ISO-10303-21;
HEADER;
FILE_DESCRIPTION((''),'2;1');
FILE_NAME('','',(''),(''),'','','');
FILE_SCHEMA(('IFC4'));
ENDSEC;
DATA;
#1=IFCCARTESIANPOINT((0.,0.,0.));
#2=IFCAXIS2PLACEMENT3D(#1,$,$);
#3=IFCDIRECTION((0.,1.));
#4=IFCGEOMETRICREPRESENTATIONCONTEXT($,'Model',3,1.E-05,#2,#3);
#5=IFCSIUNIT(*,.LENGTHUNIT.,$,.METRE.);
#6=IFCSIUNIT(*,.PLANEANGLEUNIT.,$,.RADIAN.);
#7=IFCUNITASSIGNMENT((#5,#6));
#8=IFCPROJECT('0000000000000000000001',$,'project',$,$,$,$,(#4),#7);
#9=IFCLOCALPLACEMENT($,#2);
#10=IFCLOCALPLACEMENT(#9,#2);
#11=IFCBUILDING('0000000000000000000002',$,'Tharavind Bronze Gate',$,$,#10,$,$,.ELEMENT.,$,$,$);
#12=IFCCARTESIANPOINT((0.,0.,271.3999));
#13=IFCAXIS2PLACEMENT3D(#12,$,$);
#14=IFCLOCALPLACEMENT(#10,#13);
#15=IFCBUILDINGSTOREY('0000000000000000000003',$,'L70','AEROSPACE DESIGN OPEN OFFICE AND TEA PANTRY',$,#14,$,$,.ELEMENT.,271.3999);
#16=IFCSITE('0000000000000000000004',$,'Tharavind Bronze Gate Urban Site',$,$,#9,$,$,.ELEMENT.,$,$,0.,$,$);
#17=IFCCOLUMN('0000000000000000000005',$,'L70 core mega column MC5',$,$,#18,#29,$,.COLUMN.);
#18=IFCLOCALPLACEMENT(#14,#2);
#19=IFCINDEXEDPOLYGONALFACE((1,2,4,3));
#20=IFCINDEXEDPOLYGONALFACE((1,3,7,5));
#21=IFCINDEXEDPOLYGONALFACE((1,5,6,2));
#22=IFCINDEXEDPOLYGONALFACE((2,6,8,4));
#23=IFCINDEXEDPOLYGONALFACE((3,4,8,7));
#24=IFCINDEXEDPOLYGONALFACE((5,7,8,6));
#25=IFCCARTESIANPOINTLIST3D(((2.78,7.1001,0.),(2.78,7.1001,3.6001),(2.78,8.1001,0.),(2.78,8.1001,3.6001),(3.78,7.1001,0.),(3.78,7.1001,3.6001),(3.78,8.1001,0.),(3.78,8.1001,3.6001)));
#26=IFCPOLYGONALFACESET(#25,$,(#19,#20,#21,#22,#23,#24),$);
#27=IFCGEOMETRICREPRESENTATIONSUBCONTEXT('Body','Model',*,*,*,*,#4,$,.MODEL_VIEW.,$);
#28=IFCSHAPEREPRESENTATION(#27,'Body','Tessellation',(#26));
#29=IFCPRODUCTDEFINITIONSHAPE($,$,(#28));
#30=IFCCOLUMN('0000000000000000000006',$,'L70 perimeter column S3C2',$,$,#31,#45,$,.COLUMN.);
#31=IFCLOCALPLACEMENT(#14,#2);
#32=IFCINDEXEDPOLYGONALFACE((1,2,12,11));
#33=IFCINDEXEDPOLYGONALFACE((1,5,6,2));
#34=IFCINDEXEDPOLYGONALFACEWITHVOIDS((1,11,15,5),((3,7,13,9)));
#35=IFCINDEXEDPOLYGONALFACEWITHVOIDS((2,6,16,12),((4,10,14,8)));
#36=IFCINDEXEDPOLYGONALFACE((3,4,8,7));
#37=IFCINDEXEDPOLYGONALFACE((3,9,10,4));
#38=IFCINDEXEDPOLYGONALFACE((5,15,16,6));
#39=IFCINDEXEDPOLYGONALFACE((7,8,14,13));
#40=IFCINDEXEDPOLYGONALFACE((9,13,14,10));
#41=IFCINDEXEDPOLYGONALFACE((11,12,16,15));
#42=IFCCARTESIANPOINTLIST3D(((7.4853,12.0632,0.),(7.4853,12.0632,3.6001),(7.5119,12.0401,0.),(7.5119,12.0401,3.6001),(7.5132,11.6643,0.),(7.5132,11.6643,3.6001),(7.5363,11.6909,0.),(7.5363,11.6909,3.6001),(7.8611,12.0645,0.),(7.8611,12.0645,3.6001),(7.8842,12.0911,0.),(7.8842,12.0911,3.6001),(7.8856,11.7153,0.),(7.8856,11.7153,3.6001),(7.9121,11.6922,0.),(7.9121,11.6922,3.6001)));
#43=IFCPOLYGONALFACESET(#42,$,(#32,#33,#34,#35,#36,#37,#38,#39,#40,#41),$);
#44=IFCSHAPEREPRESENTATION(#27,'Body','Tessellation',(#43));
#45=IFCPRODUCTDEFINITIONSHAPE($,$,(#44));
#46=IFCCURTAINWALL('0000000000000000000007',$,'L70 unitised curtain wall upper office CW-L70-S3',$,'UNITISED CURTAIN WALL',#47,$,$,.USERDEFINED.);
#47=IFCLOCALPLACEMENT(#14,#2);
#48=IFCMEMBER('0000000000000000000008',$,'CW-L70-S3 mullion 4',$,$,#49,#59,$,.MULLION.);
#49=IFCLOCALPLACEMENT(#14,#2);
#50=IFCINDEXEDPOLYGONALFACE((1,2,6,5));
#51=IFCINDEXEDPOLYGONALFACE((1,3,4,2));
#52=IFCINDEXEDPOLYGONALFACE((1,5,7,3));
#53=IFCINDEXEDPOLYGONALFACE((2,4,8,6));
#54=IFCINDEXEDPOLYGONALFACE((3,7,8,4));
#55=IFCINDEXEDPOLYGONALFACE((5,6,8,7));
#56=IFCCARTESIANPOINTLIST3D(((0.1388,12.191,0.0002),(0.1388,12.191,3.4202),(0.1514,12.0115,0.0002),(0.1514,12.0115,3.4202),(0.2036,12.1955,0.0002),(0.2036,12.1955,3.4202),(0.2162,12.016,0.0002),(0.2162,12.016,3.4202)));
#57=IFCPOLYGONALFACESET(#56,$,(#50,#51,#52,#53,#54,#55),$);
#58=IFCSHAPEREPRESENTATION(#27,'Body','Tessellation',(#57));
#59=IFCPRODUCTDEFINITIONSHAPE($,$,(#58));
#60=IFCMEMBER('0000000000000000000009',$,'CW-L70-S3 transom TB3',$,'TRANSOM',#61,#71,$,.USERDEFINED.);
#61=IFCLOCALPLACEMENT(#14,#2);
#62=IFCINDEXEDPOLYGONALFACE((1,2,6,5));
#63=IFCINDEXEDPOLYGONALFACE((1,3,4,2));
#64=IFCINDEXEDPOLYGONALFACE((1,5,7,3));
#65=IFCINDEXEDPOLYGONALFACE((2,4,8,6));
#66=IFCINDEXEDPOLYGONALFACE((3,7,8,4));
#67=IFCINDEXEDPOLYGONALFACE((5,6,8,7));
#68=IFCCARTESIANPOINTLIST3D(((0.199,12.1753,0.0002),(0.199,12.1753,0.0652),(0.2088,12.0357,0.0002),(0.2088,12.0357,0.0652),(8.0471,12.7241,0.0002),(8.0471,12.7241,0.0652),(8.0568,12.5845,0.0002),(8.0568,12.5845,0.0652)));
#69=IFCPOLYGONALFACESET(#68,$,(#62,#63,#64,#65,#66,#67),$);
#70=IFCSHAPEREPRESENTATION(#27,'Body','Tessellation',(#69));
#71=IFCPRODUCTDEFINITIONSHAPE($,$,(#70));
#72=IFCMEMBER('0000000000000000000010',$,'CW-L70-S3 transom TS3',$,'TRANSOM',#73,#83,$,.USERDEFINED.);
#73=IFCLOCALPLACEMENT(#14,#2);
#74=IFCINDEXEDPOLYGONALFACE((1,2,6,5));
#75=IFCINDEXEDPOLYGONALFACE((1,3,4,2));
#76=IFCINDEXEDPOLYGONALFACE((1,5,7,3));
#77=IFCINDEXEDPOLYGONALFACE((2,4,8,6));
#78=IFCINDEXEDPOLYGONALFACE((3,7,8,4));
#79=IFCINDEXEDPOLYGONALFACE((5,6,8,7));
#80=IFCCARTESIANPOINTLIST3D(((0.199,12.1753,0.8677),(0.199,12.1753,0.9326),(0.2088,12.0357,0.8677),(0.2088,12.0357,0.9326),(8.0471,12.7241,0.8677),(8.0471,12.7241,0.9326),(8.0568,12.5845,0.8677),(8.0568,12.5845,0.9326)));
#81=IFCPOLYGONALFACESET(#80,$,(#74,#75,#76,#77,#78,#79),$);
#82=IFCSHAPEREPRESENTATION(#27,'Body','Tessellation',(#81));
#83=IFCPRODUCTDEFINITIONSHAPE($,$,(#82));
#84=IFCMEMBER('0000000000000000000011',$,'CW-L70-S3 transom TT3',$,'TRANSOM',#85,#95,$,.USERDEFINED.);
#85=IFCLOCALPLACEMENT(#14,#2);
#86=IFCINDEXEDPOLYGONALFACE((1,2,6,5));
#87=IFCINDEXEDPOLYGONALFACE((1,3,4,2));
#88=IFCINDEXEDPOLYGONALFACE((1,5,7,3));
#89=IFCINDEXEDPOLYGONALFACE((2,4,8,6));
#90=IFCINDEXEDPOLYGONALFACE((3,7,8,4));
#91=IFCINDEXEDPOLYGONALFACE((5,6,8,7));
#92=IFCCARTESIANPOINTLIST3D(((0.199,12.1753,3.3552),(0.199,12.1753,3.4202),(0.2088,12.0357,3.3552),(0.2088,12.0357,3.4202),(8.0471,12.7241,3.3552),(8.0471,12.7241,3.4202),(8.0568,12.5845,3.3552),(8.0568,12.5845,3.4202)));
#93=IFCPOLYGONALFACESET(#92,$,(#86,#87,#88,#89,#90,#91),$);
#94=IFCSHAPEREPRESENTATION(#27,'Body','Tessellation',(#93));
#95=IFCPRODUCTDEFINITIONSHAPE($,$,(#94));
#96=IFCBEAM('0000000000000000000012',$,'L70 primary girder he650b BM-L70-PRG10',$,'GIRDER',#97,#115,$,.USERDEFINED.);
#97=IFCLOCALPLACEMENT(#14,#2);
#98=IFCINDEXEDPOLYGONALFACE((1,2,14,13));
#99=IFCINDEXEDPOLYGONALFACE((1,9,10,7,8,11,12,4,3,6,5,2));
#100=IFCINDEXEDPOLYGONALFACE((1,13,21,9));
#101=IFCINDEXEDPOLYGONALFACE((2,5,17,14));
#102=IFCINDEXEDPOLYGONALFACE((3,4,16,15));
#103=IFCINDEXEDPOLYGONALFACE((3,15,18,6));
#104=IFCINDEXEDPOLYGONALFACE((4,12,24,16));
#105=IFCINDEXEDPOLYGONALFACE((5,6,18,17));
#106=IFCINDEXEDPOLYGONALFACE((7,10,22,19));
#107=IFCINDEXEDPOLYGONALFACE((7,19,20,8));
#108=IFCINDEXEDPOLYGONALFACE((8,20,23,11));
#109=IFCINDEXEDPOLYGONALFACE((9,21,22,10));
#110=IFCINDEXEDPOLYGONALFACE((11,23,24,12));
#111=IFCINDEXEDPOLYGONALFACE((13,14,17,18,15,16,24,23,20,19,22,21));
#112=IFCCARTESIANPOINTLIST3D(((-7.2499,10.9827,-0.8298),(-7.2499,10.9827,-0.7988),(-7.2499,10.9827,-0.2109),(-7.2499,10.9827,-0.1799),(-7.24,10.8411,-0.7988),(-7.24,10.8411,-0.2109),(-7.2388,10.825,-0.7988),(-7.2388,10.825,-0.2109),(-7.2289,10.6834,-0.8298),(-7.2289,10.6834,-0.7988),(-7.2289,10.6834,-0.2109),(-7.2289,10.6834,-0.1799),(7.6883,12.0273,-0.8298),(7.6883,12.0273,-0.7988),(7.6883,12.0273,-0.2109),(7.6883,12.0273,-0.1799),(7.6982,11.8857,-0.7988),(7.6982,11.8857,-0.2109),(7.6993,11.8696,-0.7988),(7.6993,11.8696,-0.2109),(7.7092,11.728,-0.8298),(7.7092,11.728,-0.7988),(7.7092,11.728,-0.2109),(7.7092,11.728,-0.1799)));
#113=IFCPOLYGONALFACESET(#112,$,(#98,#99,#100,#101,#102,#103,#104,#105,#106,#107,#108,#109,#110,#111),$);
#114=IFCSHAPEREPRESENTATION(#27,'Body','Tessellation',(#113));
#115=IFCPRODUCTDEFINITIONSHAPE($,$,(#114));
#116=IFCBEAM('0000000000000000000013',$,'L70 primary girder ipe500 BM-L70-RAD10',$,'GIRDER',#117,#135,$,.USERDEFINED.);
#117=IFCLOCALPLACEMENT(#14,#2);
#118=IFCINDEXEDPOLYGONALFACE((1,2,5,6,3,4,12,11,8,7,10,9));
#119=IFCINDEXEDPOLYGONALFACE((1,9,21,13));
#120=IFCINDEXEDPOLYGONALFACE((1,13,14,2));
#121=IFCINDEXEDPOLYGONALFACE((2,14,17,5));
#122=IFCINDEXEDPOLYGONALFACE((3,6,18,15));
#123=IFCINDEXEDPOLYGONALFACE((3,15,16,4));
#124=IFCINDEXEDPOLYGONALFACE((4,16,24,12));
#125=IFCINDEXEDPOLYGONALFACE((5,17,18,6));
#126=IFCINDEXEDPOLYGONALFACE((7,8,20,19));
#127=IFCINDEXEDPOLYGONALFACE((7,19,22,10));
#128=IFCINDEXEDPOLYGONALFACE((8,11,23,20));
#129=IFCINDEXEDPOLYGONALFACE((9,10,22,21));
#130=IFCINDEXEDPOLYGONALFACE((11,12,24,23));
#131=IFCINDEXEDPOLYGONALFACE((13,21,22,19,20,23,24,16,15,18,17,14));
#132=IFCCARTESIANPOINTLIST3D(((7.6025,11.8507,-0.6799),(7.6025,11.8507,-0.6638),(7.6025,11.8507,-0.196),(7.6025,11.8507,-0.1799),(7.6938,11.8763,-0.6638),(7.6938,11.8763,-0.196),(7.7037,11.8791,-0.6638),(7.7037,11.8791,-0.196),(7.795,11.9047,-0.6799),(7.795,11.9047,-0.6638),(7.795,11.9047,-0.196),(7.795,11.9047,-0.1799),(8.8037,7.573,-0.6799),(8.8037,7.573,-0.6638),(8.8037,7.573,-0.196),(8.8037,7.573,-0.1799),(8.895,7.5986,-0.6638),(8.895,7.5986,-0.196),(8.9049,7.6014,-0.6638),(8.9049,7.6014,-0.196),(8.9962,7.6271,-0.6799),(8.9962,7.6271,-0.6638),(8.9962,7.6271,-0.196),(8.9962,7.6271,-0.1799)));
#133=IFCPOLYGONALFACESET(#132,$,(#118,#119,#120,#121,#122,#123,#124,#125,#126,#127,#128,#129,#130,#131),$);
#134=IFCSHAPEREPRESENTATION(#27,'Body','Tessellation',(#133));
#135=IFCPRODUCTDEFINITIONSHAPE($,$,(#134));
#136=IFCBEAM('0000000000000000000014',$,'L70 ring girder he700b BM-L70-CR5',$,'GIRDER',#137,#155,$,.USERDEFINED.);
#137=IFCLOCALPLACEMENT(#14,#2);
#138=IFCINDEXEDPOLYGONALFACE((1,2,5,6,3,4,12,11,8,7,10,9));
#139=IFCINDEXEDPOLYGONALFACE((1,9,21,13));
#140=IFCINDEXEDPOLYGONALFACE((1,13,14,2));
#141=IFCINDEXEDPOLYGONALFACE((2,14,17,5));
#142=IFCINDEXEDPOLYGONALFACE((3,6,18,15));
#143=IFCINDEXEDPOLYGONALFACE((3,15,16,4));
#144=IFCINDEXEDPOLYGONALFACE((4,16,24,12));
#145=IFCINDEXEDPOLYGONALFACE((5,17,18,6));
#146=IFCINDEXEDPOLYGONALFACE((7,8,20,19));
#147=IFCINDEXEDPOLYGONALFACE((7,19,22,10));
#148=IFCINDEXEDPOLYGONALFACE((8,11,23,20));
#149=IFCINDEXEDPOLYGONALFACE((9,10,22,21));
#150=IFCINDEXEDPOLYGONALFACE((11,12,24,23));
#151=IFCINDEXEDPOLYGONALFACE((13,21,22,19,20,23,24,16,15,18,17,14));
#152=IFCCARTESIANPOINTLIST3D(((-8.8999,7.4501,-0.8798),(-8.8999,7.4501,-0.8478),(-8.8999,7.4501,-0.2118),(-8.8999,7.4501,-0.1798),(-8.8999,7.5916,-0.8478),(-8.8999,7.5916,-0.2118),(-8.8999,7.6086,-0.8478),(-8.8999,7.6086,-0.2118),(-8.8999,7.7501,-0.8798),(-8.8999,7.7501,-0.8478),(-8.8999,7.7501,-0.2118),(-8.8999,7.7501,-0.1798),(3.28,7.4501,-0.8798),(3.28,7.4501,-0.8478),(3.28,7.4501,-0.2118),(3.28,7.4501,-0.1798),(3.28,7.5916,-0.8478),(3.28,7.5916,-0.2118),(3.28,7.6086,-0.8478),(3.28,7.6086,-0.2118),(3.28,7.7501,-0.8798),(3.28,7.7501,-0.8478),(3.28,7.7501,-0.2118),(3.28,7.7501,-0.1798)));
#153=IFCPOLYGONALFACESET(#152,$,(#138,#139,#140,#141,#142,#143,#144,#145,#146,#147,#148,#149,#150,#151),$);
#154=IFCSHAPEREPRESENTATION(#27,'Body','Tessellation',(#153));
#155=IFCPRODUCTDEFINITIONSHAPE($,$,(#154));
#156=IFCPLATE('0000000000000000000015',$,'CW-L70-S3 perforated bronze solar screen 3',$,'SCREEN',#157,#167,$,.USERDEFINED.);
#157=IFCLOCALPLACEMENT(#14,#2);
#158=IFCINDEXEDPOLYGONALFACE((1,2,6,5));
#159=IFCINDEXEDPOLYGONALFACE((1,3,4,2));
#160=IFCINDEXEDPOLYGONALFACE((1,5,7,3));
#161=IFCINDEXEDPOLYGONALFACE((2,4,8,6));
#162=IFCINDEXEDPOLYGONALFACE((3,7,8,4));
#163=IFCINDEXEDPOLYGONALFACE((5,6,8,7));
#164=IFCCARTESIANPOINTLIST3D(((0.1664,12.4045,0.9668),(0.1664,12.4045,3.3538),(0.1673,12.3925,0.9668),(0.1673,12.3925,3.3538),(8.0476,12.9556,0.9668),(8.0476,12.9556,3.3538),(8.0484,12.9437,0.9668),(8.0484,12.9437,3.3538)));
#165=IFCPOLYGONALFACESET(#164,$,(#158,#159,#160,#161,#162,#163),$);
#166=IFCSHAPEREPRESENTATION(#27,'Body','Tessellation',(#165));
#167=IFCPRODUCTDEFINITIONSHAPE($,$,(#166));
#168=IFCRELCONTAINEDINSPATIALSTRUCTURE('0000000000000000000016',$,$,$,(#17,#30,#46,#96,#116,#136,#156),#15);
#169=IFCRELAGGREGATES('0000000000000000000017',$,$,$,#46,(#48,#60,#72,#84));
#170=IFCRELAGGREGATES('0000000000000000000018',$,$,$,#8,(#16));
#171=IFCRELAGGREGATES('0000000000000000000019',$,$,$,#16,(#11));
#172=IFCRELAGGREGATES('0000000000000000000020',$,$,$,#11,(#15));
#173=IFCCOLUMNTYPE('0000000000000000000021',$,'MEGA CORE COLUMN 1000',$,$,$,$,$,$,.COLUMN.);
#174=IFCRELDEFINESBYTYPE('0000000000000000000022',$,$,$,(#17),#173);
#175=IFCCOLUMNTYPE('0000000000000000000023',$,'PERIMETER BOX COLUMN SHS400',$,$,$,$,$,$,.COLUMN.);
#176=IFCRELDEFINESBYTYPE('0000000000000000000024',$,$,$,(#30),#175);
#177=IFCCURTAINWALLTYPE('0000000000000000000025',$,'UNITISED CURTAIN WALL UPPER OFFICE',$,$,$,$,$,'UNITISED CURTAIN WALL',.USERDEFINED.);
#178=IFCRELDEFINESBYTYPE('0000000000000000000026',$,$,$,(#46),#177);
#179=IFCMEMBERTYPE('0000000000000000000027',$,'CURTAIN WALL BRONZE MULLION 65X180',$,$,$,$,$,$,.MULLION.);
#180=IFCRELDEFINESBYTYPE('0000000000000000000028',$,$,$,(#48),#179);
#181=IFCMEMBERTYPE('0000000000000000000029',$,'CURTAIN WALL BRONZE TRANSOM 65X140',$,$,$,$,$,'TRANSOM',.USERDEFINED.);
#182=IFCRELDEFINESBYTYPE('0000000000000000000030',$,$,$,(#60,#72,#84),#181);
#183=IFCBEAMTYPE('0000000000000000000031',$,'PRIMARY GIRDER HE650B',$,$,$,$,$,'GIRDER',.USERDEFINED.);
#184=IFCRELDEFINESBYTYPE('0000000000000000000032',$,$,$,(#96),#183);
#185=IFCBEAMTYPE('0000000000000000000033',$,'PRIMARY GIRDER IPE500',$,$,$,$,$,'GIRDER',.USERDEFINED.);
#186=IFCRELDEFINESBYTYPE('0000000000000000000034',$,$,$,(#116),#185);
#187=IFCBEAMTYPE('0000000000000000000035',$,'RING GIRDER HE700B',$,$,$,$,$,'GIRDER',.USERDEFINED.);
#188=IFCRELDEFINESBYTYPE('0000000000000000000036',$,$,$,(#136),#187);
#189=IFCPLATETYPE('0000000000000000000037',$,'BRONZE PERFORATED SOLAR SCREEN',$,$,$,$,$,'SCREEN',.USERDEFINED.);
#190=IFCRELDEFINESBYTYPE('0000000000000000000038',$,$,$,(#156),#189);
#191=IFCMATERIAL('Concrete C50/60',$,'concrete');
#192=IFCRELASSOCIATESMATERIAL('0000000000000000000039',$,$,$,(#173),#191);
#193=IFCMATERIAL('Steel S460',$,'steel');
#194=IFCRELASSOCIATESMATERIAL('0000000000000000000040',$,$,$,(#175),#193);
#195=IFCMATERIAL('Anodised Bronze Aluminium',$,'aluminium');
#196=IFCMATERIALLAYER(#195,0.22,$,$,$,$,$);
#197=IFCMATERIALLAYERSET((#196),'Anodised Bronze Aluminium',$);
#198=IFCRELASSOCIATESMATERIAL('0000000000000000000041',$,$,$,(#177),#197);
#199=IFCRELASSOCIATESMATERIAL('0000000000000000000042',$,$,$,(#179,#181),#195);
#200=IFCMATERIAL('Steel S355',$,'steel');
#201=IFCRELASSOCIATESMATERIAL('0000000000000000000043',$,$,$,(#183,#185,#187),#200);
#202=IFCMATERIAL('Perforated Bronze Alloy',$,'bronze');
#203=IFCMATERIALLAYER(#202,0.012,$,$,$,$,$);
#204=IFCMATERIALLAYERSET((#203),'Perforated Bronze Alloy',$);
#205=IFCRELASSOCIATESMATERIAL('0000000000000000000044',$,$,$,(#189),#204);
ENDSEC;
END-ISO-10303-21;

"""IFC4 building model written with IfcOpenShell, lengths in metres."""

from ifc_helpers import new_model, si_unit, direction, frame, origin, origin_2d, place, context, subcontext, project, spatial, rectangle, hollow_rectangle, i_section, extrude, material, layer, layer_set, material_profile, profile_set, type_object, element, aggregate, save


model = new_model("IFC4")

# Units and contexts
model_context = context("Model", 3, precision=1e-05, world=origin(), true_north=direction((0.0, 1.0)))
body_context = subcontext(model_context, "Body", "Model", "MODEL_VIEW")
ifc_project = project(units=[si_unit("LENGTHUNIT", "METRE"), si_unit("PLANEANGLEUNIT", "RADIAN")], contexts=[model_context])

# Site, building, storey
site_placement = place(None, origin())
site = spatial("IfcSite", under=ifc_project, at=site_placement, Name="Tharavind Bronze Gate Urban Site", CompositionType="ELEMENT", RefElevation=0.0)
building_placement = place(site_placement, origin())
building = spatial("IfcBuilding", under=site, at=building_placement, Name="Tharavind Bronze Gate", CompositionType="ELEMENT")
storey_placement = place(building_placement, frame((0.0, 0.0, 271.3999)))
storey = spatial("IfcBuildingStorey", under=building, at=storey_placement, Name="L70", Description="AEROSPACE DESIGN OPEN OFFICE AND TEA PANTRY", CompositionType="ELEMENT", Elevation=271.3999)

# Columns
ifc_material_1 = material(Name="Concrete C50/60", Category="concrete")
ifc_material_profile_1 = material_profile(ifc_material_1, rectangle(XDim=1.0, YDim=1.0, at=origin_2d()), Name="RCCOL1000")
ifc_profile_set_1 = profile_set([ifc_material_profile_1], Name="Concrete C50/60")
column_type_1 = type_object("IfcColumnType", Name="MEGA CORE COLUMN 1000", PredefinedType="COLUMN", material=ifc_profile_set_1)
column_1_placement = place(storey_placement, frame((3.28, 7.6001, 0.0), z_axis=(0.0, 0.0, 1.0), x_axis=(1.0, 0.0, 0.0)))
element("IfcColumn", 1, at=column_1_placement, inside=storey, type_object=column_type_1, Name="L70 core mega column MC5", PredefinedType="COLUMN", context=body_context, shape_type="SweptSolid", body=[
    extrude(rectangle(XDim=1.0, YDim=1.0, at=origin_2d()), origin(), (0.0, 0.0, 1.0), 3.6001),
])
ifc_material_2 = material(Name="Steel S460", Category="steel")
ifc_material_profile_2 = material_profile(ifc_material_2, hollow_rectangle(XDim=0.3999, YDim=0.3999, WallThickness=0.0249, at=origin_2d()), Name="SHS400X25")
ifc_profile_set_2 = profile_set([ifc_material_profile_2], Name="Steel S460")
column_type_2 = type_object("IfcColumnType", Name="PERIMETER BOX COLUMN SHS400", PredefinedType="COLUMN", material=ifc_profile_set_2)
column_2_placement = place(storey_placement, frame((7.6987, 11.8777, 0.0), z_axis=(0.0, 0.0, 1.0), x_axis=(0.997564, 0.069758, 0.0)))
element("IfcColumn", 2, at=column_2_placement, inside=storey, type_object=column_type_2, Name="L70 perimeter column S3C2", PredefinedType="COLUMN", context=body_context, shape_type="SweptSolid", body=[
    extrude(hollow_rectangle(XDim=0.3999, YDim=0.3999, WallThickness=0.0249, at=origin_2d()), origin(), (0.0, 0.0, 1.0), 3.6001),
])

# Curtain wall, members
ifc_material_3 = material(Name="Anodised Bronze Aluminium", Category="aluminium")
ifc_layer_1 = layer(ifc_material_3, 0.22)
ifc_layer_set_1 = layer_set([ifc_layer_1], Name="Anodised Bronze Aluminium")
curtain_wall_type = type_object("IfcCurtainWallType", Name="UNITISED CURTAIN WALL UPPER OFFICE", ElementType="UNITISED CURTAIN WALL", PredefinedType="USERDEFINED", material=ifc_layer_set_1)
curtain_wall_placement = place(storey_placement, origin())
curtain_wall = element("IfcCurtainWall", 3, at=curtain_wall_placement, inside=storey, type_object=curtain_wall_type, Name="L70 unitised curtain wall upper office CW-L70-S3", ObjectType="UNITISED CURTAIN WALL", PredefinedType="USERDEFINED")
member_type_1 = type_object("IfcMemberType", Name="CURTAIN WALL BRONZE MULLION 65X180", PredefinedType="MULLION", material=ifc_material_3)
member_1_placement = place(storey_placement, frame((0.1775, 12.1035, 0.0002), z_axis=(0.0, 0.0, 1.0), x_axis=(-0.997564, -0.06976, 0.0)))
member_1 = element("IfcMember", 4, at=member_1_placement, type_object=member_type_1, Name="CW-L70-S3 mullion 4", PredefinedType="MULLION", context=body_context, shape_type="SweptSolid", body=[
    extrude(rectangle(XDim=0.0649, YDim=0.1799, at=origin_2d()), origin(), (0.0, 0.0, 1.0), 3.4199),
])
member_type_2 = type_object("IfcMemberType", Name="CURTAIN WALL BRONZE TRANSOM 65X140", ElementType="TRANSOM", PredefinedType="USERDEFINED", material=ifc_material_3)
member_2_placement = place(storey_placement, frame((4.1279, 12.3799, 0.0002), z_axis=(0.0, 0.0, 1.0), x_axis=(-0.997564, -0.06976, 0.0)))
member_2 = element("IfcMember", 5, at=member_2_placement, type_object=member_type_2, Name="CW-L70-S3 transom TB3", ObjectType="TRANSOM", PredefinedType="USERDEFINED", context=body_context, shape_type="SweptSolid", body=[
    extrude(rectangle(XDim=7.8672, YDim=0.1399, at=origin_2d()), origin(), (0.0, 0.0, 1.0), 0.0649),
])
member_3_placement = place(storey_placement, frame((4.1279, 12.3799, 0.8677), z_axis=(0.0, 0.0, 1.0), x_axis=(-0.997564, -0.06976, 0.0)))
member_3 = element("IfcMember", 6, at=member_3_placement, type_object=member_type_2, Name="CW-L70-S3 transom TS3", ObjectType="TRANSOM", PredefinedType="USERDEFINED", context=body_context, shape_type="SweptSolid", body=[
    extrude(rectangle(XDim=7.8672, YDim=0.1399, at=origin_2d()), origin(), (0.0, 0.0, 1.0), 0.0649),
])
member_4_placement = place(storey_placement, frame((4.1279, 12.3799, 3.3552), z_axis=(0.0, 0.0, 1.0), x_axis=(-0.997564, -0.06976, 0.0)))
member_4 = element("IfcMember", 7, at=member_4_placement, type_object=member_type_2, Name="CW-L70-S3 transom TT3", ObjectType="TRANSOM", PredefinedType="USERDEFINED", context=body_context, shape_type="SweptSolid", body=[
    extrude(rectangle(XDim=7.8672, YDim=0.1399, at=origin_2d()), origin(), (0.0, 0.0, 1.0), 0.0649),
])

# Beams
ifc_material_4 = material(Name="Steel S355", Category="steel")
ifc_material_profile_3 = material_profile(ifc_material_4, i_section(OverallWidth=0.3, OverallDepth=0.6499, WebThickness=0.0161, FlangeThickness=0.031, at=origin_2d()), Name="HE650B")
ifc_profile_set_3 = profile_set([ifc_material_profile_3], Name="Steel S355")
beam_type_1 = type_object("IfcBeamType", Name="PRIMARY GIRDER HE650B", ElementType="GIRDER", PredefinedType="USERDEFINED", material=ifc_profile_set_3)
beam_1_placement = place(storey_placement, frame((7.6987, 11.8777, -0.5049), z_axis=(-0.997564, -0.069763, 0.0), x_axis=(0.069763, -0.997564, 0.0)))
element("IfcBeam", 8, at=beam_1_placement, inside=storey, type_object=beam_type_1, Name="L70 primary girder he650b BM-L70-PRG10", ObjectType="GIRDER", PredefinedType="USERDEFINED", context=body_context, shape_type="SweptSolid", body=[
    extrude(i_section(OverallWidth=0.3, OverallDepth=0.6499, WebThickness=0.0161, FlangeThickness=0.031, at=origin_2d()), origin(), (0.0, 0.0, 1.0), 14.9746),
])
ifc_material_profile_4 = material_profile(ifc_material_4, i_section(OverallWidth=0.2, OverallDepth=0.5, WebThickness=0.0103, FlangeThickness=0.0161, at=origin_2d()), Name="IPE500")
ifc_profile_set_4 = profile_set([ifc_material_profile_4], Name="Steel S355")
beam_type_2 = type_object("IfcBeamType", Name="PRIMARY GIRDER IPE500", ElementType="GIRDER", PredefinedType="USERDEFINED", material=ifc_profile_set_4)
beam_2_placement = place(storey_placement, frame((7.6987, 11.8777, -0.4299), z_axis=(0.270349, -0.962762, 0.0), x_axis=(0.962762, 0.270349, 0.0)))
element("IfcBeam", 9, at=beam_2_placement, inside=storey, type_object=beam_type_2, Name="L70 primary girder ipe500 BM-L70-RAD10", ObjectType="GIRDER", PredefinedType="USERDEFINED", context=body_context, shape_type="SweptSolid", body=[
    extrude(i_section(OverallWidth=0.2, OverallDepth=0.5, WebThickness=0.0103, FlangeThickness=0.0161, at=origin_2d()), origin(), (0.0, 0.0, 1.0), 4.4431),
])
ifc_material_profile_5 = material_profile(ifc_material_4, i_section(OverallWidth=0.3, OverallDepth=0.7, WebThickness=0.0171, FlangeThickness=0.032, at=origin_2d()), Name="HE700B")
ifc_profile_set_5 = profile_set([ifc_material_profile_5], Name="Steel S355")
beam_type_3 = type_object("IfcBeamType", Name="RING GIRDER HE700B", ElementType="GIRDER", PredefinedType="USERDEFINED", material=ifc_profile_set_5)
beam_3_placement = place(storey_placement, frame((3.28, 7.6001, -0.5298), z_axis=(-1.0, 0.0, 0.0), x_axis=(0.0, -1.0, 0.0)))
element("IfcBeam", 10, at=beam_3_placement, inside=storey, type_object=beam_type_3, Name="L70 ring girder he700b BM-L70-CR5", ObjectType="GIRDER", PredefinedType="USERDEFINED", context=body_context, shape_type="SweptSolid", body=[
    extrude(i_section(OverallWidth=0.3, OverallDepth=0.7, WebThickness=0.0171, FlangeThickness=0.032, at=origin_2d()), origin(), (0.0, 0.0, 1.0), 12.1799),
])

# Plate
ifc_material_5 = material(Name="Perforated Bronze Alloy", Category="bronze")
ifc_layer_2 = layer(ifc_material_5, 0.012)
ifc_layer_set_2 = layer_set([ifc_layer_2], Name="Perforated Bronze Alloy")
plate_type_1 = type_object("IfcPlateType", Name="BRONZE PERFORATED SOLAR SCREEN", ElementType="SCREEN", PredefinedType="USERDEFINED", material=ifc_layer_set_2)
plate_1_placement = place(storey_placement, frame((4.1074, 12.6741, 0.9668), z_axis=(0.0, 0.0, 1.0), x_axis=(-0.997564, -0.06976, 0.0)))
element("IfcPlate", 11, at=plate_1_placement, inside=storey, type_object=plate_type_1, Name="CW-L70-S3 perforated bronze solar screen 3", ObjectType="SCREEN", PredefinedType="USERDEFINED", context=body_context, shape_type="SweptSolid", body=[
    extrude(rectangle(XDim=7.9004, YDim=0.012, at=origin_2d()), origin(), (0.0, 0.0, 1.0), 2.387),
])
aggregate(curtain_wall, [member_1, member_2, member_3, member_4])

save(model, "model.ifc")
